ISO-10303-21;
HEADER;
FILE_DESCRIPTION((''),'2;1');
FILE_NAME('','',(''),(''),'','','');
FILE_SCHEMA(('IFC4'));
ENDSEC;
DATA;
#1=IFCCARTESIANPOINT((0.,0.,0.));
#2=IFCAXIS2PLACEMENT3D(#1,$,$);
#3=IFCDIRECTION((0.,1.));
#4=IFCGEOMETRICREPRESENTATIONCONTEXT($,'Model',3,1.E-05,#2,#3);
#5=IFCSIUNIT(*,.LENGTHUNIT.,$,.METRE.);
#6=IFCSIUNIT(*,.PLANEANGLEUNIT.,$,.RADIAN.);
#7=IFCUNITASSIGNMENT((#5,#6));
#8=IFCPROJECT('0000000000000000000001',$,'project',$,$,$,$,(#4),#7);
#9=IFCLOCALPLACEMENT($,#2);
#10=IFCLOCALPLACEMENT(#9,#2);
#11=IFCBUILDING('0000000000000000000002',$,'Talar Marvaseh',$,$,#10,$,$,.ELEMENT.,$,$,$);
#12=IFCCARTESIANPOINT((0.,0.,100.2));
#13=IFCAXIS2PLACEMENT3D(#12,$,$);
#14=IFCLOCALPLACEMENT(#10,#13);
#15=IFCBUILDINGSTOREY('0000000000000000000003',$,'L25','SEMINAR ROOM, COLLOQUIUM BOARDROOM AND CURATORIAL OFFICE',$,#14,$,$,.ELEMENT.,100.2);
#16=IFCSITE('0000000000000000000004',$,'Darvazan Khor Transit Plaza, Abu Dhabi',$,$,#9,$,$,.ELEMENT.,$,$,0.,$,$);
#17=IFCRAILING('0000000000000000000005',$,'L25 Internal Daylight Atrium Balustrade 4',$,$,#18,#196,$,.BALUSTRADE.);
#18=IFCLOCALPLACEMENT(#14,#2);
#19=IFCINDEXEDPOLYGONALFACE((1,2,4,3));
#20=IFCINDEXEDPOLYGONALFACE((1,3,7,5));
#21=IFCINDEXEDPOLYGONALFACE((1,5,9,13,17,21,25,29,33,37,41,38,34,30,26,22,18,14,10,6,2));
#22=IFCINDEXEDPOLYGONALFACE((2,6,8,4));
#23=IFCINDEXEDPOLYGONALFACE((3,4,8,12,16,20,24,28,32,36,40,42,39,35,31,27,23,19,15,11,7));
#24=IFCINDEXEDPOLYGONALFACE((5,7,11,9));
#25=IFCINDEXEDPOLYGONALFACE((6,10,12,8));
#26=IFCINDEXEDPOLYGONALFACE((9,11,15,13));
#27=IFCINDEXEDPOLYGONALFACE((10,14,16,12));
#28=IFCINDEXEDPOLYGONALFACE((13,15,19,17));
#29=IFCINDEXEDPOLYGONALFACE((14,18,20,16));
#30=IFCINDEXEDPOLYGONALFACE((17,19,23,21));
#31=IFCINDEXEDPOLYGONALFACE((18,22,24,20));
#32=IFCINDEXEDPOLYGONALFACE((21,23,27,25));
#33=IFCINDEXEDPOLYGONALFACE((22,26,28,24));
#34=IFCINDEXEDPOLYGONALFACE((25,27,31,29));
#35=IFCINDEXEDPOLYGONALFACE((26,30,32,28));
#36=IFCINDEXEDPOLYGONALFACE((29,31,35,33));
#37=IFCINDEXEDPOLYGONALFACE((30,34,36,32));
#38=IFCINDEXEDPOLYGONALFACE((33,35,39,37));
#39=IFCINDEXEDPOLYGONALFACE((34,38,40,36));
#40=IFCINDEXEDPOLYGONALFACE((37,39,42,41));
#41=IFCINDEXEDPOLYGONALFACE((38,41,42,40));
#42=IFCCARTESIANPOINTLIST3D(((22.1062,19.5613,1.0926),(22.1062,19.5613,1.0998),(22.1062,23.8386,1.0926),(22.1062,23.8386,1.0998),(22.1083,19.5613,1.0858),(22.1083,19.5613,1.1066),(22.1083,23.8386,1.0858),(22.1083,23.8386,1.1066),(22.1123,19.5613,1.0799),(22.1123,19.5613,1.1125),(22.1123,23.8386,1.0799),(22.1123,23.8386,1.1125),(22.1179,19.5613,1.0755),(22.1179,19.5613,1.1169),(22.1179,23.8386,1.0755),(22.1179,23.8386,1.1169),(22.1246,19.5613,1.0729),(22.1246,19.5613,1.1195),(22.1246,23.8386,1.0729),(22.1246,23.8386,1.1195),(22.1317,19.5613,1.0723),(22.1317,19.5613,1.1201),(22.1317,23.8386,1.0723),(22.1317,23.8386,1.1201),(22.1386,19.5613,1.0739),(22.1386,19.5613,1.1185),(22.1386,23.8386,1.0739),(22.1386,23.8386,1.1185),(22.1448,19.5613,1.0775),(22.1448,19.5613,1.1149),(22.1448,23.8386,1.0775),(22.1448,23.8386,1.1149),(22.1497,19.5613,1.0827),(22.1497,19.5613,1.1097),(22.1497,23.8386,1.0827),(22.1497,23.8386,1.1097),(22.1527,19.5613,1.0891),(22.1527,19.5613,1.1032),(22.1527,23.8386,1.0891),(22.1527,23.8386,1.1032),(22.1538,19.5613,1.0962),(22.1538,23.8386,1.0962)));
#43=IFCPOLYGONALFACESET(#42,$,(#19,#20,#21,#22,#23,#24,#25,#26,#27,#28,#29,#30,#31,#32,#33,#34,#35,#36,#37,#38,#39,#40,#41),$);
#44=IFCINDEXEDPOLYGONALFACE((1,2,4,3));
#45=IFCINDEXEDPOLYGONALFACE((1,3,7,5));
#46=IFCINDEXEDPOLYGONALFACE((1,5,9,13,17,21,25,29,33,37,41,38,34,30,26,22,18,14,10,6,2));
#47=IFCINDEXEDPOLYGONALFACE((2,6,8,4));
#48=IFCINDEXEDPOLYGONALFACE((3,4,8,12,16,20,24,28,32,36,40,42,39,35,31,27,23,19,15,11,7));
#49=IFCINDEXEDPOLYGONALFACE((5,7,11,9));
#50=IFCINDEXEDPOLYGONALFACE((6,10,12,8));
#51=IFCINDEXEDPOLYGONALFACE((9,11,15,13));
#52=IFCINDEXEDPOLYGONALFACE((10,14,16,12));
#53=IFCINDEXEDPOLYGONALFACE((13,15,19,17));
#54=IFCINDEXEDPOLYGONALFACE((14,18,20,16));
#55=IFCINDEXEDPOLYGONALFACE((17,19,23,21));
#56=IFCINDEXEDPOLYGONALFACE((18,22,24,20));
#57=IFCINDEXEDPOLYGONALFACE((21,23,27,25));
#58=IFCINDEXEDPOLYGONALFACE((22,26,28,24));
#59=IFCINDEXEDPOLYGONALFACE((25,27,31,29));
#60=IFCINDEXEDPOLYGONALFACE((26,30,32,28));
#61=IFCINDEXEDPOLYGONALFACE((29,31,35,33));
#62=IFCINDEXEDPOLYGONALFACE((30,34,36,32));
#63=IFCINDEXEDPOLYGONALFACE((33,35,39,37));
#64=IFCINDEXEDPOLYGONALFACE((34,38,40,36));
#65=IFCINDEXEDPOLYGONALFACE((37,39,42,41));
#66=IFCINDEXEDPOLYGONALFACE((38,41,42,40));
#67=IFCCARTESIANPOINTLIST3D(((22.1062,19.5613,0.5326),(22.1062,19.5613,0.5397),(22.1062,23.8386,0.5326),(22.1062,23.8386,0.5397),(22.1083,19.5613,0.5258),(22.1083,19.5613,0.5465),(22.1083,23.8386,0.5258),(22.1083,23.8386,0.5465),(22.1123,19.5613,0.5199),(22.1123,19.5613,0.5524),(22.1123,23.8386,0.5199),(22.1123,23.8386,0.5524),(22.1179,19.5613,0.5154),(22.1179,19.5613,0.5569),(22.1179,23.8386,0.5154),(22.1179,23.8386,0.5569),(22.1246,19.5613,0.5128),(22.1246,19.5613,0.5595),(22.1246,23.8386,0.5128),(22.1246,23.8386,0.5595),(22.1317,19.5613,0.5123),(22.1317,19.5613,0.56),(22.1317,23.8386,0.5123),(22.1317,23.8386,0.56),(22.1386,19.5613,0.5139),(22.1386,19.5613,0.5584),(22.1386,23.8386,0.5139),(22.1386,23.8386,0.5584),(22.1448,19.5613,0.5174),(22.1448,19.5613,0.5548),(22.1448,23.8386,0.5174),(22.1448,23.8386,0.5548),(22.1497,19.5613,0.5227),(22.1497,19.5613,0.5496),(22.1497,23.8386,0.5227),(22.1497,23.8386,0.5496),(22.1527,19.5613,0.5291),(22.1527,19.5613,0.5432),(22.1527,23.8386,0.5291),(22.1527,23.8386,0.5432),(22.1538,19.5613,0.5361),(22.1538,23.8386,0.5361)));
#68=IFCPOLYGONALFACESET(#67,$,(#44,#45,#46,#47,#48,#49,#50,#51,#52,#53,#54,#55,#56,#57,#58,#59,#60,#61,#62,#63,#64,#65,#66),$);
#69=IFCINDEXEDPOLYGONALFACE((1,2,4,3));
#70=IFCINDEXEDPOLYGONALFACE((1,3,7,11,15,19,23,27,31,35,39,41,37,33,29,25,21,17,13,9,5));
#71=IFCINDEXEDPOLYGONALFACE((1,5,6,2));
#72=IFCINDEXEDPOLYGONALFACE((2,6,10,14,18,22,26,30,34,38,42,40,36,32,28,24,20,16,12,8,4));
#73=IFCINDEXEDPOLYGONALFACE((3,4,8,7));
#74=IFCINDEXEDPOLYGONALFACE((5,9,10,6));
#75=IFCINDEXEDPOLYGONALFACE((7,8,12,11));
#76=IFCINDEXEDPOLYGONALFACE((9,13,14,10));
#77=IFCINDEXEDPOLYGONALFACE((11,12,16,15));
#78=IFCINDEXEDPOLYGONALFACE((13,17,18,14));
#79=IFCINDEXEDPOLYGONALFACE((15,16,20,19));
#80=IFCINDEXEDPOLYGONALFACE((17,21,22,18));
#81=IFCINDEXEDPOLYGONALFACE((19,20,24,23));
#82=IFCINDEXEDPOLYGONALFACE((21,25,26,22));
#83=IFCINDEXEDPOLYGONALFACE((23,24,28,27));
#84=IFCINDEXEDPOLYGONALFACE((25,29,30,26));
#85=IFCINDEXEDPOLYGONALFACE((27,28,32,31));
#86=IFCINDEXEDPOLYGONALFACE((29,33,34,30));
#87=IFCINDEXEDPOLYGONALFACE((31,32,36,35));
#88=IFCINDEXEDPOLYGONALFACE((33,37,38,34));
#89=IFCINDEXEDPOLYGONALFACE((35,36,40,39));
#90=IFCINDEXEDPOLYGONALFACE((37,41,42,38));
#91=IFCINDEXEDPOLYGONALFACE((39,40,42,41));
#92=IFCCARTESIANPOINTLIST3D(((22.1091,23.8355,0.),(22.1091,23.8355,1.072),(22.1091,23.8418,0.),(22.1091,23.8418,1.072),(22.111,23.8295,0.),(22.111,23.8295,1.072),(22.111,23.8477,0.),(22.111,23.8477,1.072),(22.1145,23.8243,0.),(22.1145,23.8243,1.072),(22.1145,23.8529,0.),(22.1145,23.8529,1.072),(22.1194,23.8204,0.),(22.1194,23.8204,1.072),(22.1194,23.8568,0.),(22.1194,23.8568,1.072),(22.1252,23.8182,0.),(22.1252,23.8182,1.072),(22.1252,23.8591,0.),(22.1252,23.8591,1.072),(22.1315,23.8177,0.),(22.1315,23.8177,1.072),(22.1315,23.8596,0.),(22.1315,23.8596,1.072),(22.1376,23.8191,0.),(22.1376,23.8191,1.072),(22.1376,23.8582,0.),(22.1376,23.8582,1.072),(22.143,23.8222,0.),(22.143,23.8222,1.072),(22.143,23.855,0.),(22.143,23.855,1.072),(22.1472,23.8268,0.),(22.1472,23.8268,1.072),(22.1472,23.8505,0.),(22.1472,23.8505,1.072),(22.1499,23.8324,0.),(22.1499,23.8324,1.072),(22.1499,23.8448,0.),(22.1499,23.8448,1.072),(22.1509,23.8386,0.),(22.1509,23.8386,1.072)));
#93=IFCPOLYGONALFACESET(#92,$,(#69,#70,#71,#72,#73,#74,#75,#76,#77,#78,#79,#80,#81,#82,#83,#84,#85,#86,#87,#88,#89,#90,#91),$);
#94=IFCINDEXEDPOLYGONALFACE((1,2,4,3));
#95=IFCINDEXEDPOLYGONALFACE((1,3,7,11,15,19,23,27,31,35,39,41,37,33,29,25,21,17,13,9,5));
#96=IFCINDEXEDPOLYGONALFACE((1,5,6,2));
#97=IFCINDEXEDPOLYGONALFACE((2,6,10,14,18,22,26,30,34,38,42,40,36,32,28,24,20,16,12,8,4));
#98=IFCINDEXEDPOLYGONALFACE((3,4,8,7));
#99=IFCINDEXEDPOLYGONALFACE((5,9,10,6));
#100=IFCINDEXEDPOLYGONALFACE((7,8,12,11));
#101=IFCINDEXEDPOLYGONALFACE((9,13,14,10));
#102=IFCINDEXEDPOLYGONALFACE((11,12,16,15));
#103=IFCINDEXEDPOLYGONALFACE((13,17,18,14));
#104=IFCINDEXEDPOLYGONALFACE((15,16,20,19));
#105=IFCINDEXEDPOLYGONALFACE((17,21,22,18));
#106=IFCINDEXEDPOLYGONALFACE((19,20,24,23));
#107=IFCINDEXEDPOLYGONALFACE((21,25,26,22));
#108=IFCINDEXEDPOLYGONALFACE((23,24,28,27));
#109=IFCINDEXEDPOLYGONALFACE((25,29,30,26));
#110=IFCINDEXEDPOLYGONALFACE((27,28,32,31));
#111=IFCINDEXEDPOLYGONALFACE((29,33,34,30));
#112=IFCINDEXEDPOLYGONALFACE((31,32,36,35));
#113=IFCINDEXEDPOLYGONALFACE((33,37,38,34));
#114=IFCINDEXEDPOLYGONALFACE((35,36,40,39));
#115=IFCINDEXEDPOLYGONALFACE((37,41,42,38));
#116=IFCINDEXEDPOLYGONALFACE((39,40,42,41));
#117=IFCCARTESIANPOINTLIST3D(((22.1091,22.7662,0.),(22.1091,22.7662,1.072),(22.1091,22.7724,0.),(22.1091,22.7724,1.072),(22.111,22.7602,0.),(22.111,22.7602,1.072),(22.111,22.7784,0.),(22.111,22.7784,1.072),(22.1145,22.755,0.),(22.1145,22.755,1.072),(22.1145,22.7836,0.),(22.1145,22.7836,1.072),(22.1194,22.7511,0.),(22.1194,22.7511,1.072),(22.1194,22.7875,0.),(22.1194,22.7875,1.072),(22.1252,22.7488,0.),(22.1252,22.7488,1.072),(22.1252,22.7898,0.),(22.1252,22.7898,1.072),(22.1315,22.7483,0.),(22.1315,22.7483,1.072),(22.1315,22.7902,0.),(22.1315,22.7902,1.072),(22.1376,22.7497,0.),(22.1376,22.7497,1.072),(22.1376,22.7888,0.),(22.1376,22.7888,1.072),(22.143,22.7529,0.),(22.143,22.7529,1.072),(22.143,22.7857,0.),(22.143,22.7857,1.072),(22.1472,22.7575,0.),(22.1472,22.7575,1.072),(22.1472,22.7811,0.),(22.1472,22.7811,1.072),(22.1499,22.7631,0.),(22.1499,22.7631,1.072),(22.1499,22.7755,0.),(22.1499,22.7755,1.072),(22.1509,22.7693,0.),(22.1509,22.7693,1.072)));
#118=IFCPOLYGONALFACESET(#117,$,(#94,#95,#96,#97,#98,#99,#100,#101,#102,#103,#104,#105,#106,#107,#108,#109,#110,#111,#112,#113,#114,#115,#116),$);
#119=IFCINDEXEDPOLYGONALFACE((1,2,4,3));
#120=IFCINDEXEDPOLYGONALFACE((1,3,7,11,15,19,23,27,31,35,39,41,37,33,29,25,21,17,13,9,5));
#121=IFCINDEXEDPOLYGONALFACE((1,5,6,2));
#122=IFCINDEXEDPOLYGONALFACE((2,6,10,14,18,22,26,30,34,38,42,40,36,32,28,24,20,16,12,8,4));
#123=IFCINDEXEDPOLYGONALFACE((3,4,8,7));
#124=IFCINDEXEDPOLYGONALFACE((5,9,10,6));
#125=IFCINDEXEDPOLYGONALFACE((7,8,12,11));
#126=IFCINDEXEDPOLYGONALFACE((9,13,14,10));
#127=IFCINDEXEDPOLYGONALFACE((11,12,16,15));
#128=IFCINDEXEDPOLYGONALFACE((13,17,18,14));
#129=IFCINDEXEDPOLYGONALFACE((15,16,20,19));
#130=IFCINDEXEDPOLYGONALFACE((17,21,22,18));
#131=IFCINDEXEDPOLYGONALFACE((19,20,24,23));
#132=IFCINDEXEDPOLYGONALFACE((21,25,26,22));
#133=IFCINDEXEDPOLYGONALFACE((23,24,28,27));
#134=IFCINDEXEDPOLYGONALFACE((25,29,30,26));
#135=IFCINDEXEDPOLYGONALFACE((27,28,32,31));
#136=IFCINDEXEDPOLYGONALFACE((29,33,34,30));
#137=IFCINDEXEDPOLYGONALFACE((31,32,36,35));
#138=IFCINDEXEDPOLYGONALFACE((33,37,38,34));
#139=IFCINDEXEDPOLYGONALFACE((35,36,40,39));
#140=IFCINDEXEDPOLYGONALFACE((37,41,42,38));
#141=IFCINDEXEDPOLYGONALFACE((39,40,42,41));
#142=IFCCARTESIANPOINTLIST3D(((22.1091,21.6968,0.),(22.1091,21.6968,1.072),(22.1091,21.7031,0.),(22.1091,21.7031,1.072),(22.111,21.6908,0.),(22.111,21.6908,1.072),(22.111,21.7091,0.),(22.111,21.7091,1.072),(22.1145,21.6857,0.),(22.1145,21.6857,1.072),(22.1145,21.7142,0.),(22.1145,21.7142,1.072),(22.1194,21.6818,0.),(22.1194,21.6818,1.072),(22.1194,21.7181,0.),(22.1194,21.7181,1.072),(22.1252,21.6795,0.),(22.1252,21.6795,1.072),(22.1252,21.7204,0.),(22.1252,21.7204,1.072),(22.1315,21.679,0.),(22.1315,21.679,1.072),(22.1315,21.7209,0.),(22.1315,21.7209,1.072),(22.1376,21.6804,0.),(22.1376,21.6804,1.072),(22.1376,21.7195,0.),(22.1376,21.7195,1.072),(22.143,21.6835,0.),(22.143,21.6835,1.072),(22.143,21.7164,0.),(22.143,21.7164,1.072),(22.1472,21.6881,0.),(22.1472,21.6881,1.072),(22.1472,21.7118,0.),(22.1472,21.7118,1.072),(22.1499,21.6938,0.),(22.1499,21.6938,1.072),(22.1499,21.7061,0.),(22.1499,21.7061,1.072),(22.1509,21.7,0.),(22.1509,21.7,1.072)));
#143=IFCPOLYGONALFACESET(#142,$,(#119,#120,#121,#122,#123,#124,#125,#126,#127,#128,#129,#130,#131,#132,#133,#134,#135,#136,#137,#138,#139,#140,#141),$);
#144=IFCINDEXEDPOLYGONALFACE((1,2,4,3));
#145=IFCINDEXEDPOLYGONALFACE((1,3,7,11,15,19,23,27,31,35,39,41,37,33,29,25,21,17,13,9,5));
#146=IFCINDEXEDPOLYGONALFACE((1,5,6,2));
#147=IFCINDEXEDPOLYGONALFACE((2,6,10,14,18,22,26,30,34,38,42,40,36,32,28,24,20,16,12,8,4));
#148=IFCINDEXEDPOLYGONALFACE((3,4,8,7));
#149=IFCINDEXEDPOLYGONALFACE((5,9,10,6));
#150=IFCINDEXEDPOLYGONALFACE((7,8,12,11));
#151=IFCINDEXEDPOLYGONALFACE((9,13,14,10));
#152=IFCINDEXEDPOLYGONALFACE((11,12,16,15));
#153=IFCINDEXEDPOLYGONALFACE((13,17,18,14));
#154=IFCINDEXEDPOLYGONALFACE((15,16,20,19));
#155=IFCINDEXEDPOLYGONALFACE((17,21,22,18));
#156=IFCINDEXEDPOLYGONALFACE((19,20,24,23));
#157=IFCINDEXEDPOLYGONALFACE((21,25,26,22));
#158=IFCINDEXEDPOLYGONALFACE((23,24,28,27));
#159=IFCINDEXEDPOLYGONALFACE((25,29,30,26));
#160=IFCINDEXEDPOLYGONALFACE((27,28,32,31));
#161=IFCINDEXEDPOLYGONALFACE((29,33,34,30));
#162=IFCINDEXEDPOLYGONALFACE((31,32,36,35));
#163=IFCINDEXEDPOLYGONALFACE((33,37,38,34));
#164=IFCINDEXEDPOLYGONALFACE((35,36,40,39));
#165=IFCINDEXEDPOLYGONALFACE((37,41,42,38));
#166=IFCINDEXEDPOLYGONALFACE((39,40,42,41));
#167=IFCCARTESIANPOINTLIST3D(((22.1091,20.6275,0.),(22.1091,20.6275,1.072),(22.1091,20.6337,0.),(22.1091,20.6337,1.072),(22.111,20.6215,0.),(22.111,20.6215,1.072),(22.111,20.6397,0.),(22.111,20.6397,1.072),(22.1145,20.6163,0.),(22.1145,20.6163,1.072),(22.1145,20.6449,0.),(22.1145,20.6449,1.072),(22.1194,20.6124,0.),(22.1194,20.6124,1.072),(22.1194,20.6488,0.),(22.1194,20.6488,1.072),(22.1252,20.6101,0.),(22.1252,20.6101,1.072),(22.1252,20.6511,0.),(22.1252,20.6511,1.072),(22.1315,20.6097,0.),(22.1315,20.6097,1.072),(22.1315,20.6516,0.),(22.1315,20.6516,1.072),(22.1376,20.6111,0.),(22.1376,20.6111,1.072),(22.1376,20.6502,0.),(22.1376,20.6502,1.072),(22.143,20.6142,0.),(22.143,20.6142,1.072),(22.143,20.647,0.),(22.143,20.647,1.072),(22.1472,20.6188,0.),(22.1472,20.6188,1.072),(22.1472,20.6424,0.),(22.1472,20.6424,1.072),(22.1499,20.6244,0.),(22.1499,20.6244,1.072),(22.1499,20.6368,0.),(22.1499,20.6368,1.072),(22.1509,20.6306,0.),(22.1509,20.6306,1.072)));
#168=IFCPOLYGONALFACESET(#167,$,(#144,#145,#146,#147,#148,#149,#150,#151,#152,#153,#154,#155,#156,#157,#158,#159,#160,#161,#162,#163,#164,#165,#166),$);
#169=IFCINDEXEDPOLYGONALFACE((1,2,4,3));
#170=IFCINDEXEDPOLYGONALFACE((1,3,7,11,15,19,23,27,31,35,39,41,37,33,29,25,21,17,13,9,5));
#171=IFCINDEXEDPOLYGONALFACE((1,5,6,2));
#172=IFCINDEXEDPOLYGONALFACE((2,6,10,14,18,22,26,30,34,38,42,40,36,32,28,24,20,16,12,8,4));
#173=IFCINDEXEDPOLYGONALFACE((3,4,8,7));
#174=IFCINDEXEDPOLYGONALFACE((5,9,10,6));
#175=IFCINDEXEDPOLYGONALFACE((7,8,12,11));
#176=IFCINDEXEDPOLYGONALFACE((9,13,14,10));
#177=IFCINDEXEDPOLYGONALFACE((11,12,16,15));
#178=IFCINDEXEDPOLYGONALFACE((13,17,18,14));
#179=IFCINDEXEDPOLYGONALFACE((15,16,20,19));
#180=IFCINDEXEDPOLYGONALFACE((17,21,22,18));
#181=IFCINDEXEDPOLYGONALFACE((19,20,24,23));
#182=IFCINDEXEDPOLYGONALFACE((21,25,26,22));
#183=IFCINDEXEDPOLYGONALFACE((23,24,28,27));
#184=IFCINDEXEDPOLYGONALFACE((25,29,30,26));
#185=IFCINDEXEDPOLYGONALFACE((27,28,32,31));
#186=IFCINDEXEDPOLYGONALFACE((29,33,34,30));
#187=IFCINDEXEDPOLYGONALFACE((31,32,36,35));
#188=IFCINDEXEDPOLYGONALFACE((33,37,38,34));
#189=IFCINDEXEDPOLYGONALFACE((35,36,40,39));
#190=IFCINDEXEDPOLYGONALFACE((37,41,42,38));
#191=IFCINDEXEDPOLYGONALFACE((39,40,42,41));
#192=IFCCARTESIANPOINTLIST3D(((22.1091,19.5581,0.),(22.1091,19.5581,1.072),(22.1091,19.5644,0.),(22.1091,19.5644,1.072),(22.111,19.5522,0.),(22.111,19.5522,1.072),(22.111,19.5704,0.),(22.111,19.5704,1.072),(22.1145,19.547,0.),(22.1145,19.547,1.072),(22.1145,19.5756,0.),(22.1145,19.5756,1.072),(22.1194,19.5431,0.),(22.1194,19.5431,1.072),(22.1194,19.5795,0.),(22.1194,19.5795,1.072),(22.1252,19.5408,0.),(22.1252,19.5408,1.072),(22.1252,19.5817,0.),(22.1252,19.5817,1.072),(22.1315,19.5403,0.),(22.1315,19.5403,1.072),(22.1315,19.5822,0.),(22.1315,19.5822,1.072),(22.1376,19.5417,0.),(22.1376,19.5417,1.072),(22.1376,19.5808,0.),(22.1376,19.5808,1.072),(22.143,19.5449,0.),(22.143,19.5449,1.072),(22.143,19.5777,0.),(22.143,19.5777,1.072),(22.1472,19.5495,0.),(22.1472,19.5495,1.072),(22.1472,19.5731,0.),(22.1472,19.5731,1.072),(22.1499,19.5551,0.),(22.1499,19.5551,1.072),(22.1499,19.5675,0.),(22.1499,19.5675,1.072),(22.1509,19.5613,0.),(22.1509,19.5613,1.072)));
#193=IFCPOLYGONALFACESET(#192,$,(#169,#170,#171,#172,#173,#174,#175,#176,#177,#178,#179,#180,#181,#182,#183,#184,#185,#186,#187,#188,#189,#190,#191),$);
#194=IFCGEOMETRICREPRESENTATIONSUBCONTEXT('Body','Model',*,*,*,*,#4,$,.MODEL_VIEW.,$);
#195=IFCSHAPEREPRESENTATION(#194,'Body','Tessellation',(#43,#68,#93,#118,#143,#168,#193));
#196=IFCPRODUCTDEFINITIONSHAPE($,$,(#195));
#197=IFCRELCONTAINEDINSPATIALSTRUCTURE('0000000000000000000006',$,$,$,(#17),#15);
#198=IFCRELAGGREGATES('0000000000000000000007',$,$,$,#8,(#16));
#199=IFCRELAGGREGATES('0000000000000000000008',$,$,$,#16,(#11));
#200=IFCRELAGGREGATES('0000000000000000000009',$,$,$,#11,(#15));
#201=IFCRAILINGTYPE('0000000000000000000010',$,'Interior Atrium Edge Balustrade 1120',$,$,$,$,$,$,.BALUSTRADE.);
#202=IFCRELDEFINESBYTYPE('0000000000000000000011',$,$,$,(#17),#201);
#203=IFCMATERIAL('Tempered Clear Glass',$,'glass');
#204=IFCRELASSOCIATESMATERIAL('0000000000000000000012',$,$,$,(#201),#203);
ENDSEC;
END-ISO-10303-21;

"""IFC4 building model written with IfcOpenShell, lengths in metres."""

from ifc_helpers import new_model, si_unit, direction, frame, origin, origin_2d, place, context, subcontext, project, spatial, circle, extrude, material, type_object, element, save


model = new_model("IFC4")

# Units and contexts
model_context = context("Model", 3, precision=1e-05, world=origin(), true_north=direction((0.0, 1.0)))
body_context = subcontext(model_context, "Body", "Model", "MODEL_VIEW")
ifc_project = project(units=[si_unit("LENGTHUNIT", "METRE"), si_unit("PLANEANGLEUNIT", "RADIAN")], contexts=[model_context])

# Site, building, storey
site_placement = place(None, origin())
site = spatial("IfcSite", under=ifc_project, at=site_placement, Name="Darvazan Khor Transit Plaza, Abu Dhabi", CompositionType="ELEMENT", RefElevation=0.0)
building_placement = place(site_placement, origin())
building = spatial("IfcBuilding", under=site, at=building_placement, Name="Talar Marvaseh", CompositionType="ELEMENT")
storey_placement = place(building_placement, frame((0.0, 0.0, 100.2)))
storey = spatial("IfcBuildingStorey", under=building, at=storey_placement, Name="L25", Description="SEMINAR ROOM, COLLOQUIUM BOARDROOM AND CURATORIAL OFFICE", CompositionType="ELEMENT", Elevation=100.2)

# Railing
ifc_material_1 = material(Name="Tempered Clear Glass", Category="glass")
railing_type_1 = type_object("IfcRailingType", Name="Interior Atrium Edge Balustrade 1120", PredefinedType="BALUSTRADE", material=ifc_material_1)
railing_1_placement = place(storey_placement, frame((22.1299, 23.8386, 0.0)))
element("IfcRailing", 1, at=railing_1_placement, inside=storey, type_object=railing_type_1, Name="L25 Internal Daylight Atrium Balustrade 4", PredefinedType="BALUSTRADE", context=body_context, shape_type="SweptSolid", body=[
    extrude(circle(Radius=0.0239, at=origin_2d()), frame((0.0, 0.0, 1.0962), z_axis=(0.0, -1.0, 0.0), x_axis=(1.0, 0.0, 0.0)), (0.0, 0.0, 1.0), 4.2773),
    extrude(circle(Radius=0.0239, at=origin_2d()), frame((0.0, 0.0, 0.5361), z_axis=(0.0, -1.0, 0.0), x_axis=(1.0, 0.0, 0.0)), (0.0, 0.0, 1.0), 4.2773),
    extrude(circle(Radius=0.021, at=origin_2d()), origin(), (0.0, 0.0, 1.0), 1.072),
    extrude(circle(Radius=0.021, at=origin_2d()), frame((0.0, -1.0693, 0.0)), (0.0, 0.0, 1.0), 1.072),
    extrude(circle(Radius=0.021, at=origin_2d()), frame((0.0, -2.1387, 0.0)), (0.0, 0.0, 1.0), 1.072),
    extrude(circle(Radius=0.021, at=origin_2d()), frame((0.0, -3.208, 0.0)), (0.0, 0.0, 1.0), 1.072),
    extrude(circle(Radius=0.021, at=origin_2d()), frame((0.0, -4.2773, 0.0)), (0.0, 0.0, 1.0), 1.072),
])

save(model, "model.ifc")
